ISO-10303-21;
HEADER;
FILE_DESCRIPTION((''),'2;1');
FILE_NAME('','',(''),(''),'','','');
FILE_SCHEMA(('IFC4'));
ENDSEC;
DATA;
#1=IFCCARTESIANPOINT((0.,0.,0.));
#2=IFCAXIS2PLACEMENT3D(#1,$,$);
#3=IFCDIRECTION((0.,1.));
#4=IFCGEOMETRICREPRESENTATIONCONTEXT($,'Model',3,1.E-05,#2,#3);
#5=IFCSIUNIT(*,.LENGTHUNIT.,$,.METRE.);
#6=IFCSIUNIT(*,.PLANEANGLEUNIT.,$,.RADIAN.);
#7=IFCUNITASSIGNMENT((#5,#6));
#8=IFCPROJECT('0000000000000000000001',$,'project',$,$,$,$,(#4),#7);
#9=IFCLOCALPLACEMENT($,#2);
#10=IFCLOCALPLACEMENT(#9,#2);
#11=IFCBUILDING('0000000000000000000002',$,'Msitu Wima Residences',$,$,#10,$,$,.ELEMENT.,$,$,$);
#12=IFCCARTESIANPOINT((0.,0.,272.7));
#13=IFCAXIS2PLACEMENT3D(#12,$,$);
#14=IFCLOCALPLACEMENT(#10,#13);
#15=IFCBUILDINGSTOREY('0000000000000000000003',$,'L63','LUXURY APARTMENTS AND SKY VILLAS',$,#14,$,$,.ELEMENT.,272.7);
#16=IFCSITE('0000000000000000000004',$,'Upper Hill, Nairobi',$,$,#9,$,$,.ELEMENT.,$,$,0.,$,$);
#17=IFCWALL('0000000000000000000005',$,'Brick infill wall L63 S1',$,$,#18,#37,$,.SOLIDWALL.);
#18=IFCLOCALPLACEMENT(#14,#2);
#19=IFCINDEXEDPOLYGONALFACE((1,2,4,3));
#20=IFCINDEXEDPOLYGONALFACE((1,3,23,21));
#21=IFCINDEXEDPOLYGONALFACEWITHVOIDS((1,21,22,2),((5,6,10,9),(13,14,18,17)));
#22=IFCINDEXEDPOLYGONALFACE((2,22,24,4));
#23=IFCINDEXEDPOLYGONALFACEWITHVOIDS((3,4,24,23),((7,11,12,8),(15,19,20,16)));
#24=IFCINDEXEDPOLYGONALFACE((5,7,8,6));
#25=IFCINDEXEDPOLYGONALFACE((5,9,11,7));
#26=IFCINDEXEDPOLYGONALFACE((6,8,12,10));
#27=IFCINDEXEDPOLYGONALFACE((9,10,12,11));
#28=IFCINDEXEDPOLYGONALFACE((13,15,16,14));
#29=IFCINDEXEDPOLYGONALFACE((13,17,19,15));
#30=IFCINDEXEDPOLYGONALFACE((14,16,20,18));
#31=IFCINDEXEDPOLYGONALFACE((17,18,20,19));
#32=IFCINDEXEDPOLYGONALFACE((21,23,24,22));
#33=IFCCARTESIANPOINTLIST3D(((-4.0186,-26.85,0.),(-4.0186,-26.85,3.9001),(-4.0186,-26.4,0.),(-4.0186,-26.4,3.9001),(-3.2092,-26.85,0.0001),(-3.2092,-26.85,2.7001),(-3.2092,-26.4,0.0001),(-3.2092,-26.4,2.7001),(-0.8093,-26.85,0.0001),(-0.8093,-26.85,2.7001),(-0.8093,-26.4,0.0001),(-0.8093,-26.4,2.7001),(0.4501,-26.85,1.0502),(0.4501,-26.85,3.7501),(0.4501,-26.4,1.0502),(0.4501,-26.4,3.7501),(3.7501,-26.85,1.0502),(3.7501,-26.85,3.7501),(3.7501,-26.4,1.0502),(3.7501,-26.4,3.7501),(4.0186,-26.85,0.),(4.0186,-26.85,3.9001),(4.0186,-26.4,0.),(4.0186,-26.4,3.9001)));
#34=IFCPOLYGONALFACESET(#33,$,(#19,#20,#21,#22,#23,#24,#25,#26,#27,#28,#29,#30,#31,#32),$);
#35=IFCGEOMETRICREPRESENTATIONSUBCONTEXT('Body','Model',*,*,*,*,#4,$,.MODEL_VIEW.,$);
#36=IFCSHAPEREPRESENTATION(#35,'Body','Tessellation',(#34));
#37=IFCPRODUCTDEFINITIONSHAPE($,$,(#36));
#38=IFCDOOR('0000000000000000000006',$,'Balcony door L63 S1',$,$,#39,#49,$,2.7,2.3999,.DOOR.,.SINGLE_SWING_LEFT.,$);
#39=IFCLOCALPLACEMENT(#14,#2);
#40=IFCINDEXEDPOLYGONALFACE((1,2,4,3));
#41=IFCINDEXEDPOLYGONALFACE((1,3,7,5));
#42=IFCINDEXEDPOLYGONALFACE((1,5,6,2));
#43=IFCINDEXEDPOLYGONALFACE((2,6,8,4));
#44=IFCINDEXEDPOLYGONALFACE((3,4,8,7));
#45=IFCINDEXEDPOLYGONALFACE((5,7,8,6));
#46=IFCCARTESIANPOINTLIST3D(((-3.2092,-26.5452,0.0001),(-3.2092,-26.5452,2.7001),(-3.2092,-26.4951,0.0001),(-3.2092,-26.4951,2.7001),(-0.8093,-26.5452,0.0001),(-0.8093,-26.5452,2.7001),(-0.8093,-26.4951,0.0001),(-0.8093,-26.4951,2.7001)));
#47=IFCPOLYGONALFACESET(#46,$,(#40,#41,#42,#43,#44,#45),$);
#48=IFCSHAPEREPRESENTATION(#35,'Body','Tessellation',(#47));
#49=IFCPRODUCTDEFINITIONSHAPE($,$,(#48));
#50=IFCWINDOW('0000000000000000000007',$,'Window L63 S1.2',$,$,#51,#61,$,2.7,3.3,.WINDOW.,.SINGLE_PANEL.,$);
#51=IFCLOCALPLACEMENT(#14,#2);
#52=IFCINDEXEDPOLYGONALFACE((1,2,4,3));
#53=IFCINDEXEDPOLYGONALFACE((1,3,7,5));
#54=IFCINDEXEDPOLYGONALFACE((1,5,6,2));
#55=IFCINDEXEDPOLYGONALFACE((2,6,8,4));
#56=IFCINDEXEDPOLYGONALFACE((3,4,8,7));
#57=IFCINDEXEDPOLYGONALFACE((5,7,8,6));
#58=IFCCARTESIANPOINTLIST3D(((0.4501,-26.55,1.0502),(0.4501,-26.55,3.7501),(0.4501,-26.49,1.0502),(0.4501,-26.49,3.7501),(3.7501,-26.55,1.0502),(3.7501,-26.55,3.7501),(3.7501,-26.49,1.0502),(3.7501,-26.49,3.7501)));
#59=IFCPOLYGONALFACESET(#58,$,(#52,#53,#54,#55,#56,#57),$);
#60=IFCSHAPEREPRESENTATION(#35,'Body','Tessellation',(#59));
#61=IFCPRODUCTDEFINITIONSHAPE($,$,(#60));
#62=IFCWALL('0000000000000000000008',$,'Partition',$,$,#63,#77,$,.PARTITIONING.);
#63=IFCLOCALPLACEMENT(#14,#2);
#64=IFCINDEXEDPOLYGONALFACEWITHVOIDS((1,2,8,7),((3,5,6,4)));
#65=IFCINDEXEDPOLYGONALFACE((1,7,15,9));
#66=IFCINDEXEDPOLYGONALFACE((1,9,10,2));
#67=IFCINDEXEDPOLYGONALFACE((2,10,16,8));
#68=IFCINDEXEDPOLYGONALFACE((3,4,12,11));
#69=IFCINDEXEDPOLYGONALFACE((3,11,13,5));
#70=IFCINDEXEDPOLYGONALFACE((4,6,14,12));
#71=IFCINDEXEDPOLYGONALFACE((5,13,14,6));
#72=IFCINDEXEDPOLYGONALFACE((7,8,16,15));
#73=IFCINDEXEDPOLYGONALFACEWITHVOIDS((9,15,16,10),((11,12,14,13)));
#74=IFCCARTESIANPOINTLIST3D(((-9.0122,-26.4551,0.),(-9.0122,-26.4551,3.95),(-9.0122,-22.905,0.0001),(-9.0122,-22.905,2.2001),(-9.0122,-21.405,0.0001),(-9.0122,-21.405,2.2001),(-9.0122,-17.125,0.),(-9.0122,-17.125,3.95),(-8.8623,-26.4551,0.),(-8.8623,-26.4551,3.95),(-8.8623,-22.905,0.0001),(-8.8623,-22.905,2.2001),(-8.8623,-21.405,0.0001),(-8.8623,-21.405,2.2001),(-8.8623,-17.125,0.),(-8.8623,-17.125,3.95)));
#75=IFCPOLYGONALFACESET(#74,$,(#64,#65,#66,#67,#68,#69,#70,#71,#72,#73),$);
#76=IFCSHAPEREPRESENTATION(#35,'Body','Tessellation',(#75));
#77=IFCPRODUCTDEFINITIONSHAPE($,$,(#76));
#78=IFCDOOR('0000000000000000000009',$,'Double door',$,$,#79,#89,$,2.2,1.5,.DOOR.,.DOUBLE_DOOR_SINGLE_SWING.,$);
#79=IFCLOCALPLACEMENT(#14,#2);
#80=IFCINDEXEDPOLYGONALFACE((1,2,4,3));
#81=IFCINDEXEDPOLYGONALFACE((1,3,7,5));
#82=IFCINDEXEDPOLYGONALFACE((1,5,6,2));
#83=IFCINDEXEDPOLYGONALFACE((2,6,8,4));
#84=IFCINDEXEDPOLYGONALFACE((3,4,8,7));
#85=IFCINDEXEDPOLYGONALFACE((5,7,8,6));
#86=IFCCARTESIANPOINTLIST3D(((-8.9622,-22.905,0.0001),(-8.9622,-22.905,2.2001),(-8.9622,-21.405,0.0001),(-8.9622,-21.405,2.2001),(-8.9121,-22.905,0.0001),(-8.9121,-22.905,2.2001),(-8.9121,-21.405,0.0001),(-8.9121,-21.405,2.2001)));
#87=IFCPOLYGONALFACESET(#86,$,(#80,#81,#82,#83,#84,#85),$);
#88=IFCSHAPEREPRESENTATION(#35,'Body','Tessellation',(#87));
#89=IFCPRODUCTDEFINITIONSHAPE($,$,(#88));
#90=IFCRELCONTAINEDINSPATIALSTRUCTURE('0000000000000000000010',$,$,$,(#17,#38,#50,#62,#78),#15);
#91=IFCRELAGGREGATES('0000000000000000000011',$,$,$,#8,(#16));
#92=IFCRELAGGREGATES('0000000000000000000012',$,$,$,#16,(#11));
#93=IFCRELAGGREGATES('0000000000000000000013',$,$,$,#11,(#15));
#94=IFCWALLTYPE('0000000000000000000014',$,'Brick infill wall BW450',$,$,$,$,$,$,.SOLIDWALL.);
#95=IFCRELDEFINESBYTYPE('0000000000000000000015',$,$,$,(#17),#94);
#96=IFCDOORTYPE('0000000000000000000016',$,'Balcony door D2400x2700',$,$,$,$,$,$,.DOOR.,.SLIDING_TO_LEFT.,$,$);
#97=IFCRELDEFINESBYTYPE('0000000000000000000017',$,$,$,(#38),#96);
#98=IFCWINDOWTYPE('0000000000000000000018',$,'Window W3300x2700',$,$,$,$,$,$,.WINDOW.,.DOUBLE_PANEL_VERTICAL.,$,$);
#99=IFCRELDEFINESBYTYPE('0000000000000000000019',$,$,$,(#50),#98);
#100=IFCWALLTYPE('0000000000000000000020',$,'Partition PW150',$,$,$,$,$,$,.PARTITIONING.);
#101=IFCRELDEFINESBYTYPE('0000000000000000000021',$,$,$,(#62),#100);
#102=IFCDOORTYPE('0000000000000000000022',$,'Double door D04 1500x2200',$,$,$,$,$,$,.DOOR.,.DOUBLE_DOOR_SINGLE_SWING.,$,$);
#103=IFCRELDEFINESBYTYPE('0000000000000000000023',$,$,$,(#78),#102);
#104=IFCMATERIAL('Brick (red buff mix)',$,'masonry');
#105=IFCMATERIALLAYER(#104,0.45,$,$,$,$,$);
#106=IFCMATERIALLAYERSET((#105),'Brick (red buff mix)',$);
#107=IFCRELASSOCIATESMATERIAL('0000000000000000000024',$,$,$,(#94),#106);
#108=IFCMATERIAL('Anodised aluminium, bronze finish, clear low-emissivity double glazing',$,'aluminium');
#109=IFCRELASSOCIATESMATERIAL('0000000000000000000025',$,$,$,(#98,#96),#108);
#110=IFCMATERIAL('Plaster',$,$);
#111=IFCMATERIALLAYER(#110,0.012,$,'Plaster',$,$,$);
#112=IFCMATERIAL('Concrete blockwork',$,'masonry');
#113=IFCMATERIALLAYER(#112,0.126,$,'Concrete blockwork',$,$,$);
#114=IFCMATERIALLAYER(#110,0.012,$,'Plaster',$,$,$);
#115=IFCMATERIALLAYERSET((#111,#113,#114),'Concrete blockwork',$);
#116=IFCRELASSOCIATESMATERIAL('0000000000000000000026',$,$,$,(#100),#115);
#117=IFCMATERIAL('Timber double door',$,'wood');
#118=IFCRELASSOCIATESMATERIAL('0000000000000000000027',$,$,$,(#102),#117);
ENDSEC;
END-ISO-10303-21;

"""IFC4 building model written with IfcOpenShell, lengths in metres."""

from ifc_helpers import new_model, si_unit, direction, frame, frame_2d, origin, place, context, subcontext, project, spatial, rectangle, extrude, material, layer, layer_set, type_object, element, fill, save


model = new_model("IFC4")

# Units and contexts
model_context = context("Model", 3, precision=1e-05, world=origin(), true_north=direction((0.0, 1.0)))
body_context = subcontext(model_context, "Body", "Model", "MODEL_VIEW")
ifc_project = project(units=[si_unit("LENGTHUNIT", "METRE"), si_unit("PLANEANGLEUNIT", "RADIAN")], contexts=[model_context])

# Site, building, storey
site_placement = place(None, origin())
site = spatial("IfcSite", under=ifc_project, at=site_placement, Name="Upper Hill, Nairobi", CompositionType="ELEMENT", RefElevation=0.0)
building_placement = place(site_placement, origin())
building = spatial("IfcBuilding", under=site, at=building_placement, Name="Msitu Wima Residences", CompositionType="ELEMENT")
storey_placement = place(building_placement, frame((0.0, 0.0, 272.7)))
storey = spatial("IfcBuildingStorey", under=building, at=storey_placement, Name="L63", Description="LUXURY APARTMENTS AND SKY VILLAS", CompositionType="ELEMENT", Elevation=272.7)

# Shared definitions
ifc_material_1 = material(Name="Brick (red buff mix)", Category="masonry")
ifc_layer_1 = layer(ifc_material_1, 0.45)
ifc_layer_set_1 = layer_set([ifc_layer_1], Name="Brick (red buff mix)")
wall_type_1 = type_object("IfcWallType", Name="Brick infill wall BW450", PredefinedType="SOLIDWALL", material=ifc_layer_set_1)
ifc_material_2 = material(Name="Anodised aluminium, bronze finish, clear low-emissivity double glazing", Category="aluminium")
window_type = type_object("IfcWindowType", Name="Window W3300x2700", PartitioningType="DOUBLE_PANEL_VERTICAL", PredefinedType="WINDOW", material=ifc_material_2)

# Wall, openings, door, window
wall_1_placement = place(storey_placement, frame((-4.0186, -26.625, 0.0), z_axis=(0.0, 0.0, 1.0), x_axis=(1.0, 0.0, 0.0)))
wall_1 = element("IfcWall", 1, at=wall_1_placement, inside=storey, type_object=wall_type_1, Name="Brick infill wall L63 S1", PredefinedType="SOLIDWALL", context=body_context, shape_type="SweptSolid", body=[
    extrude(rectangle(XDim=8.0371, YDim=0.45, at=frame_2d((4.0186, 0.0))), origin(), (0.0, 0.0, 1.0), 3.9001),
])
opening_1_placement = place(wall_1_placement, frame((0.8093, 0.0, 0.0)))
opening_1 = element("IfcOpeningElement", 2, at=opening_1_placement, cuts=wall_1, PredefinedType="OPENING", context=body_context, shape_type="SweptSolid", body=[
    extrude(rectangle(XDim=2.3999, YDim=2.7, at=frame_2d((1.2, 1.3501))), frame((0.0, 0.2349, 0.0), z_axis=(0.0, -1.0, 0.0), x_axis=(1.0, 0.0, 0.0)), (0.0, 0.0, 1.0), 0.47),
])
opening_2_placement = place(wall_1_placement, frame((4.4688, 0.0, 1.05)))
opening_2 = element("IfcOpeningElement", 3, at=opening_2_placement, cuts=wall_1, PredefinedType="OPENING", context=body_context, shape_type="SweptSolid", body=[
    extrude(rectangle(XDim=3.3, YDim=2.7, at=frame_2d((1.6499, 1.3501))), frame((0.0, 0.2349, 0.0), z_axis=(0.0, -1.0, 0.0), x_axis=(1.0, 0.0, 0.0)), (0.0, 0.0, 1.0), 0.47),
])
door_type_1 = type_object("IfcDoorType", Name="Balcony door D2400x2700", OperationType="SLIDING_TO_LEFT", PredefinedType="DOOR", material=ifc_material_2)
door_1_placement = place(opening_1_placement, origin())
door_1 = element("IfcDoor", 4, at=door_1_placement, inside=storey, type_object=door_type_1, Name="Balcony door L63 S1", OperationType="SINGLE_SWING_LEFT", OverallHeight=2.7, OverallWidth=2.3999, PredefinedType="DOOR", context=body_context, shape_type="SweptSolid", body=[
    extrude(rectangle(XDim=2.3999, YDim=2.7, at=frame_2d((1.2, 1.3501))), frame((0.0, 0.1299, 0.0), z_axis=(0.0, -1.0, 0.0), x_axis=(1.0, 0.0, 0.0)), (0.0, 0.0, 1.0), 0.05),
])
fill(opening_1, door_1)
window_1_placement = place(opening_2_placement, origin())
window_1 = element("IfcWindow", 5, at=window_1_placement, inside=storey, type_object=window_type, Name="Window L63 S1.2", OverallHeight=2.7, OverallWidth=3.3, PartitioningType="SINGLE_PANEL", PredefinedType="WINDOW", context=body_context, shape_type="SweptSolid", body=[
    extrude(rectangle(XDim=3.3, YDim=2.7, at=frame_2d((1.6499, 1.3501))), frame((0.0, 0.135, 0.0), z_axis=(0.0, -1.0, 0.0), x_axis=(1.0, 0.0, 0.0)), (0.0, 0.0, 1.0), 0.0601),
])
fill(opening_2, window_1)

# Wall, opening, door
ifc_material_3 = material(Name="Plaster")
ifc_layer_2 = layer(ifc_material_3, 0.012, Name="Plaster")
ifc_material_4 = material(Name="Concrete blockwork", Category="masonry")
ifc_layer_3 = layer(ifc_material_4, 0.126, Name="Concrete blockwork")
ifc_layer_4 = layer(ifc_material_3, 0.012, Name="Plaster")
ifc_layer_set_2 = layer_set([ifc_layer_2, ifc_layer_3, ifc_layer_4], Name="Concrete blockwork")
wall_type_2 = type_object("IfcWallType", Name="Partition PW150", PredefinedType="PARTITIONING", material=ifc_layer_set_2)
wall_2_placement = place(storey_placement, frame((-8.9373, -26.4551, 0.0), z_axis=(0.0, 0.0, 1.0), x_axis=(0.0, 1.0, 0.0)))
wall_2 = element("IfcWall", 6, at=wall_2_placement, inside=storey, type_object=wall_type_2, Name="Partition", PredefinedType="PARTITIONING", context=body_context, shape_type="SweptSolid", body=[
    extrude(rectangle(XDim=9.3301, YDim=0.1499, at=frame_2d((4.665, 0.0))), origin(), (0.0, 0.0, 1.0), 3.95),
])
opening_3_placement = place(wall_2_placement, frame((3.55, 0.0, 0.0)))
opening_3 = element("IfcOpeningElement", 7, at=opening_3_placement, cuts=wall_2, PredefinedType="OPENING", context=body_context, shape_type="SweptSolid", body=[
    extrude(rectangle(XDim=1.5, YDim=2.2, at=frame_2d((0.75, 1.1001))), frame((0.0, 0.085, 0.0), z_axis=(0.0, -1.0, 0.0), x_axis=(1.0, 0.0, 0.0)), (0.0, 0.0, 1.0), 0.1699),
])
ifc_material_5 = material(Name="Timber double door", Category="wood")
door_type_2 = type_object("IfcDoorType", Name="Double door D04 1500x2200", OperationType="DOUBLE_DOOR_SINGLE_SWING", PredefinedType="DOOR", material=ifc_material_5)
door_2_placement = place(opening_3_placement, origin())
door_2 = element("IfcDoor", 8, at=door_2_placement, inside=storey, type_object=door_type_2, Name="Double door", OperationType="DOUBLE_DOOR_SINGLE_SWING", OverallHeight=2.2, OverallWidth=1.5, PredefinedType="DOOR", context=body_context, shape_type="SweptSolid", body=[
    extrude(rectangle(XDim=1.5, YDim=2.2, at=frame_2d((0.75, 1.1001))), frame((0.0, 0.0249, 0.0), z_axis=(0.0, -1.0, 0.0), x_axis=(1.0, 0.0, 0.0)), (0.0, 0.0, 1.0), 0.05),
])
fill(opening_3, door_2)

save(model, "model.ifc")
